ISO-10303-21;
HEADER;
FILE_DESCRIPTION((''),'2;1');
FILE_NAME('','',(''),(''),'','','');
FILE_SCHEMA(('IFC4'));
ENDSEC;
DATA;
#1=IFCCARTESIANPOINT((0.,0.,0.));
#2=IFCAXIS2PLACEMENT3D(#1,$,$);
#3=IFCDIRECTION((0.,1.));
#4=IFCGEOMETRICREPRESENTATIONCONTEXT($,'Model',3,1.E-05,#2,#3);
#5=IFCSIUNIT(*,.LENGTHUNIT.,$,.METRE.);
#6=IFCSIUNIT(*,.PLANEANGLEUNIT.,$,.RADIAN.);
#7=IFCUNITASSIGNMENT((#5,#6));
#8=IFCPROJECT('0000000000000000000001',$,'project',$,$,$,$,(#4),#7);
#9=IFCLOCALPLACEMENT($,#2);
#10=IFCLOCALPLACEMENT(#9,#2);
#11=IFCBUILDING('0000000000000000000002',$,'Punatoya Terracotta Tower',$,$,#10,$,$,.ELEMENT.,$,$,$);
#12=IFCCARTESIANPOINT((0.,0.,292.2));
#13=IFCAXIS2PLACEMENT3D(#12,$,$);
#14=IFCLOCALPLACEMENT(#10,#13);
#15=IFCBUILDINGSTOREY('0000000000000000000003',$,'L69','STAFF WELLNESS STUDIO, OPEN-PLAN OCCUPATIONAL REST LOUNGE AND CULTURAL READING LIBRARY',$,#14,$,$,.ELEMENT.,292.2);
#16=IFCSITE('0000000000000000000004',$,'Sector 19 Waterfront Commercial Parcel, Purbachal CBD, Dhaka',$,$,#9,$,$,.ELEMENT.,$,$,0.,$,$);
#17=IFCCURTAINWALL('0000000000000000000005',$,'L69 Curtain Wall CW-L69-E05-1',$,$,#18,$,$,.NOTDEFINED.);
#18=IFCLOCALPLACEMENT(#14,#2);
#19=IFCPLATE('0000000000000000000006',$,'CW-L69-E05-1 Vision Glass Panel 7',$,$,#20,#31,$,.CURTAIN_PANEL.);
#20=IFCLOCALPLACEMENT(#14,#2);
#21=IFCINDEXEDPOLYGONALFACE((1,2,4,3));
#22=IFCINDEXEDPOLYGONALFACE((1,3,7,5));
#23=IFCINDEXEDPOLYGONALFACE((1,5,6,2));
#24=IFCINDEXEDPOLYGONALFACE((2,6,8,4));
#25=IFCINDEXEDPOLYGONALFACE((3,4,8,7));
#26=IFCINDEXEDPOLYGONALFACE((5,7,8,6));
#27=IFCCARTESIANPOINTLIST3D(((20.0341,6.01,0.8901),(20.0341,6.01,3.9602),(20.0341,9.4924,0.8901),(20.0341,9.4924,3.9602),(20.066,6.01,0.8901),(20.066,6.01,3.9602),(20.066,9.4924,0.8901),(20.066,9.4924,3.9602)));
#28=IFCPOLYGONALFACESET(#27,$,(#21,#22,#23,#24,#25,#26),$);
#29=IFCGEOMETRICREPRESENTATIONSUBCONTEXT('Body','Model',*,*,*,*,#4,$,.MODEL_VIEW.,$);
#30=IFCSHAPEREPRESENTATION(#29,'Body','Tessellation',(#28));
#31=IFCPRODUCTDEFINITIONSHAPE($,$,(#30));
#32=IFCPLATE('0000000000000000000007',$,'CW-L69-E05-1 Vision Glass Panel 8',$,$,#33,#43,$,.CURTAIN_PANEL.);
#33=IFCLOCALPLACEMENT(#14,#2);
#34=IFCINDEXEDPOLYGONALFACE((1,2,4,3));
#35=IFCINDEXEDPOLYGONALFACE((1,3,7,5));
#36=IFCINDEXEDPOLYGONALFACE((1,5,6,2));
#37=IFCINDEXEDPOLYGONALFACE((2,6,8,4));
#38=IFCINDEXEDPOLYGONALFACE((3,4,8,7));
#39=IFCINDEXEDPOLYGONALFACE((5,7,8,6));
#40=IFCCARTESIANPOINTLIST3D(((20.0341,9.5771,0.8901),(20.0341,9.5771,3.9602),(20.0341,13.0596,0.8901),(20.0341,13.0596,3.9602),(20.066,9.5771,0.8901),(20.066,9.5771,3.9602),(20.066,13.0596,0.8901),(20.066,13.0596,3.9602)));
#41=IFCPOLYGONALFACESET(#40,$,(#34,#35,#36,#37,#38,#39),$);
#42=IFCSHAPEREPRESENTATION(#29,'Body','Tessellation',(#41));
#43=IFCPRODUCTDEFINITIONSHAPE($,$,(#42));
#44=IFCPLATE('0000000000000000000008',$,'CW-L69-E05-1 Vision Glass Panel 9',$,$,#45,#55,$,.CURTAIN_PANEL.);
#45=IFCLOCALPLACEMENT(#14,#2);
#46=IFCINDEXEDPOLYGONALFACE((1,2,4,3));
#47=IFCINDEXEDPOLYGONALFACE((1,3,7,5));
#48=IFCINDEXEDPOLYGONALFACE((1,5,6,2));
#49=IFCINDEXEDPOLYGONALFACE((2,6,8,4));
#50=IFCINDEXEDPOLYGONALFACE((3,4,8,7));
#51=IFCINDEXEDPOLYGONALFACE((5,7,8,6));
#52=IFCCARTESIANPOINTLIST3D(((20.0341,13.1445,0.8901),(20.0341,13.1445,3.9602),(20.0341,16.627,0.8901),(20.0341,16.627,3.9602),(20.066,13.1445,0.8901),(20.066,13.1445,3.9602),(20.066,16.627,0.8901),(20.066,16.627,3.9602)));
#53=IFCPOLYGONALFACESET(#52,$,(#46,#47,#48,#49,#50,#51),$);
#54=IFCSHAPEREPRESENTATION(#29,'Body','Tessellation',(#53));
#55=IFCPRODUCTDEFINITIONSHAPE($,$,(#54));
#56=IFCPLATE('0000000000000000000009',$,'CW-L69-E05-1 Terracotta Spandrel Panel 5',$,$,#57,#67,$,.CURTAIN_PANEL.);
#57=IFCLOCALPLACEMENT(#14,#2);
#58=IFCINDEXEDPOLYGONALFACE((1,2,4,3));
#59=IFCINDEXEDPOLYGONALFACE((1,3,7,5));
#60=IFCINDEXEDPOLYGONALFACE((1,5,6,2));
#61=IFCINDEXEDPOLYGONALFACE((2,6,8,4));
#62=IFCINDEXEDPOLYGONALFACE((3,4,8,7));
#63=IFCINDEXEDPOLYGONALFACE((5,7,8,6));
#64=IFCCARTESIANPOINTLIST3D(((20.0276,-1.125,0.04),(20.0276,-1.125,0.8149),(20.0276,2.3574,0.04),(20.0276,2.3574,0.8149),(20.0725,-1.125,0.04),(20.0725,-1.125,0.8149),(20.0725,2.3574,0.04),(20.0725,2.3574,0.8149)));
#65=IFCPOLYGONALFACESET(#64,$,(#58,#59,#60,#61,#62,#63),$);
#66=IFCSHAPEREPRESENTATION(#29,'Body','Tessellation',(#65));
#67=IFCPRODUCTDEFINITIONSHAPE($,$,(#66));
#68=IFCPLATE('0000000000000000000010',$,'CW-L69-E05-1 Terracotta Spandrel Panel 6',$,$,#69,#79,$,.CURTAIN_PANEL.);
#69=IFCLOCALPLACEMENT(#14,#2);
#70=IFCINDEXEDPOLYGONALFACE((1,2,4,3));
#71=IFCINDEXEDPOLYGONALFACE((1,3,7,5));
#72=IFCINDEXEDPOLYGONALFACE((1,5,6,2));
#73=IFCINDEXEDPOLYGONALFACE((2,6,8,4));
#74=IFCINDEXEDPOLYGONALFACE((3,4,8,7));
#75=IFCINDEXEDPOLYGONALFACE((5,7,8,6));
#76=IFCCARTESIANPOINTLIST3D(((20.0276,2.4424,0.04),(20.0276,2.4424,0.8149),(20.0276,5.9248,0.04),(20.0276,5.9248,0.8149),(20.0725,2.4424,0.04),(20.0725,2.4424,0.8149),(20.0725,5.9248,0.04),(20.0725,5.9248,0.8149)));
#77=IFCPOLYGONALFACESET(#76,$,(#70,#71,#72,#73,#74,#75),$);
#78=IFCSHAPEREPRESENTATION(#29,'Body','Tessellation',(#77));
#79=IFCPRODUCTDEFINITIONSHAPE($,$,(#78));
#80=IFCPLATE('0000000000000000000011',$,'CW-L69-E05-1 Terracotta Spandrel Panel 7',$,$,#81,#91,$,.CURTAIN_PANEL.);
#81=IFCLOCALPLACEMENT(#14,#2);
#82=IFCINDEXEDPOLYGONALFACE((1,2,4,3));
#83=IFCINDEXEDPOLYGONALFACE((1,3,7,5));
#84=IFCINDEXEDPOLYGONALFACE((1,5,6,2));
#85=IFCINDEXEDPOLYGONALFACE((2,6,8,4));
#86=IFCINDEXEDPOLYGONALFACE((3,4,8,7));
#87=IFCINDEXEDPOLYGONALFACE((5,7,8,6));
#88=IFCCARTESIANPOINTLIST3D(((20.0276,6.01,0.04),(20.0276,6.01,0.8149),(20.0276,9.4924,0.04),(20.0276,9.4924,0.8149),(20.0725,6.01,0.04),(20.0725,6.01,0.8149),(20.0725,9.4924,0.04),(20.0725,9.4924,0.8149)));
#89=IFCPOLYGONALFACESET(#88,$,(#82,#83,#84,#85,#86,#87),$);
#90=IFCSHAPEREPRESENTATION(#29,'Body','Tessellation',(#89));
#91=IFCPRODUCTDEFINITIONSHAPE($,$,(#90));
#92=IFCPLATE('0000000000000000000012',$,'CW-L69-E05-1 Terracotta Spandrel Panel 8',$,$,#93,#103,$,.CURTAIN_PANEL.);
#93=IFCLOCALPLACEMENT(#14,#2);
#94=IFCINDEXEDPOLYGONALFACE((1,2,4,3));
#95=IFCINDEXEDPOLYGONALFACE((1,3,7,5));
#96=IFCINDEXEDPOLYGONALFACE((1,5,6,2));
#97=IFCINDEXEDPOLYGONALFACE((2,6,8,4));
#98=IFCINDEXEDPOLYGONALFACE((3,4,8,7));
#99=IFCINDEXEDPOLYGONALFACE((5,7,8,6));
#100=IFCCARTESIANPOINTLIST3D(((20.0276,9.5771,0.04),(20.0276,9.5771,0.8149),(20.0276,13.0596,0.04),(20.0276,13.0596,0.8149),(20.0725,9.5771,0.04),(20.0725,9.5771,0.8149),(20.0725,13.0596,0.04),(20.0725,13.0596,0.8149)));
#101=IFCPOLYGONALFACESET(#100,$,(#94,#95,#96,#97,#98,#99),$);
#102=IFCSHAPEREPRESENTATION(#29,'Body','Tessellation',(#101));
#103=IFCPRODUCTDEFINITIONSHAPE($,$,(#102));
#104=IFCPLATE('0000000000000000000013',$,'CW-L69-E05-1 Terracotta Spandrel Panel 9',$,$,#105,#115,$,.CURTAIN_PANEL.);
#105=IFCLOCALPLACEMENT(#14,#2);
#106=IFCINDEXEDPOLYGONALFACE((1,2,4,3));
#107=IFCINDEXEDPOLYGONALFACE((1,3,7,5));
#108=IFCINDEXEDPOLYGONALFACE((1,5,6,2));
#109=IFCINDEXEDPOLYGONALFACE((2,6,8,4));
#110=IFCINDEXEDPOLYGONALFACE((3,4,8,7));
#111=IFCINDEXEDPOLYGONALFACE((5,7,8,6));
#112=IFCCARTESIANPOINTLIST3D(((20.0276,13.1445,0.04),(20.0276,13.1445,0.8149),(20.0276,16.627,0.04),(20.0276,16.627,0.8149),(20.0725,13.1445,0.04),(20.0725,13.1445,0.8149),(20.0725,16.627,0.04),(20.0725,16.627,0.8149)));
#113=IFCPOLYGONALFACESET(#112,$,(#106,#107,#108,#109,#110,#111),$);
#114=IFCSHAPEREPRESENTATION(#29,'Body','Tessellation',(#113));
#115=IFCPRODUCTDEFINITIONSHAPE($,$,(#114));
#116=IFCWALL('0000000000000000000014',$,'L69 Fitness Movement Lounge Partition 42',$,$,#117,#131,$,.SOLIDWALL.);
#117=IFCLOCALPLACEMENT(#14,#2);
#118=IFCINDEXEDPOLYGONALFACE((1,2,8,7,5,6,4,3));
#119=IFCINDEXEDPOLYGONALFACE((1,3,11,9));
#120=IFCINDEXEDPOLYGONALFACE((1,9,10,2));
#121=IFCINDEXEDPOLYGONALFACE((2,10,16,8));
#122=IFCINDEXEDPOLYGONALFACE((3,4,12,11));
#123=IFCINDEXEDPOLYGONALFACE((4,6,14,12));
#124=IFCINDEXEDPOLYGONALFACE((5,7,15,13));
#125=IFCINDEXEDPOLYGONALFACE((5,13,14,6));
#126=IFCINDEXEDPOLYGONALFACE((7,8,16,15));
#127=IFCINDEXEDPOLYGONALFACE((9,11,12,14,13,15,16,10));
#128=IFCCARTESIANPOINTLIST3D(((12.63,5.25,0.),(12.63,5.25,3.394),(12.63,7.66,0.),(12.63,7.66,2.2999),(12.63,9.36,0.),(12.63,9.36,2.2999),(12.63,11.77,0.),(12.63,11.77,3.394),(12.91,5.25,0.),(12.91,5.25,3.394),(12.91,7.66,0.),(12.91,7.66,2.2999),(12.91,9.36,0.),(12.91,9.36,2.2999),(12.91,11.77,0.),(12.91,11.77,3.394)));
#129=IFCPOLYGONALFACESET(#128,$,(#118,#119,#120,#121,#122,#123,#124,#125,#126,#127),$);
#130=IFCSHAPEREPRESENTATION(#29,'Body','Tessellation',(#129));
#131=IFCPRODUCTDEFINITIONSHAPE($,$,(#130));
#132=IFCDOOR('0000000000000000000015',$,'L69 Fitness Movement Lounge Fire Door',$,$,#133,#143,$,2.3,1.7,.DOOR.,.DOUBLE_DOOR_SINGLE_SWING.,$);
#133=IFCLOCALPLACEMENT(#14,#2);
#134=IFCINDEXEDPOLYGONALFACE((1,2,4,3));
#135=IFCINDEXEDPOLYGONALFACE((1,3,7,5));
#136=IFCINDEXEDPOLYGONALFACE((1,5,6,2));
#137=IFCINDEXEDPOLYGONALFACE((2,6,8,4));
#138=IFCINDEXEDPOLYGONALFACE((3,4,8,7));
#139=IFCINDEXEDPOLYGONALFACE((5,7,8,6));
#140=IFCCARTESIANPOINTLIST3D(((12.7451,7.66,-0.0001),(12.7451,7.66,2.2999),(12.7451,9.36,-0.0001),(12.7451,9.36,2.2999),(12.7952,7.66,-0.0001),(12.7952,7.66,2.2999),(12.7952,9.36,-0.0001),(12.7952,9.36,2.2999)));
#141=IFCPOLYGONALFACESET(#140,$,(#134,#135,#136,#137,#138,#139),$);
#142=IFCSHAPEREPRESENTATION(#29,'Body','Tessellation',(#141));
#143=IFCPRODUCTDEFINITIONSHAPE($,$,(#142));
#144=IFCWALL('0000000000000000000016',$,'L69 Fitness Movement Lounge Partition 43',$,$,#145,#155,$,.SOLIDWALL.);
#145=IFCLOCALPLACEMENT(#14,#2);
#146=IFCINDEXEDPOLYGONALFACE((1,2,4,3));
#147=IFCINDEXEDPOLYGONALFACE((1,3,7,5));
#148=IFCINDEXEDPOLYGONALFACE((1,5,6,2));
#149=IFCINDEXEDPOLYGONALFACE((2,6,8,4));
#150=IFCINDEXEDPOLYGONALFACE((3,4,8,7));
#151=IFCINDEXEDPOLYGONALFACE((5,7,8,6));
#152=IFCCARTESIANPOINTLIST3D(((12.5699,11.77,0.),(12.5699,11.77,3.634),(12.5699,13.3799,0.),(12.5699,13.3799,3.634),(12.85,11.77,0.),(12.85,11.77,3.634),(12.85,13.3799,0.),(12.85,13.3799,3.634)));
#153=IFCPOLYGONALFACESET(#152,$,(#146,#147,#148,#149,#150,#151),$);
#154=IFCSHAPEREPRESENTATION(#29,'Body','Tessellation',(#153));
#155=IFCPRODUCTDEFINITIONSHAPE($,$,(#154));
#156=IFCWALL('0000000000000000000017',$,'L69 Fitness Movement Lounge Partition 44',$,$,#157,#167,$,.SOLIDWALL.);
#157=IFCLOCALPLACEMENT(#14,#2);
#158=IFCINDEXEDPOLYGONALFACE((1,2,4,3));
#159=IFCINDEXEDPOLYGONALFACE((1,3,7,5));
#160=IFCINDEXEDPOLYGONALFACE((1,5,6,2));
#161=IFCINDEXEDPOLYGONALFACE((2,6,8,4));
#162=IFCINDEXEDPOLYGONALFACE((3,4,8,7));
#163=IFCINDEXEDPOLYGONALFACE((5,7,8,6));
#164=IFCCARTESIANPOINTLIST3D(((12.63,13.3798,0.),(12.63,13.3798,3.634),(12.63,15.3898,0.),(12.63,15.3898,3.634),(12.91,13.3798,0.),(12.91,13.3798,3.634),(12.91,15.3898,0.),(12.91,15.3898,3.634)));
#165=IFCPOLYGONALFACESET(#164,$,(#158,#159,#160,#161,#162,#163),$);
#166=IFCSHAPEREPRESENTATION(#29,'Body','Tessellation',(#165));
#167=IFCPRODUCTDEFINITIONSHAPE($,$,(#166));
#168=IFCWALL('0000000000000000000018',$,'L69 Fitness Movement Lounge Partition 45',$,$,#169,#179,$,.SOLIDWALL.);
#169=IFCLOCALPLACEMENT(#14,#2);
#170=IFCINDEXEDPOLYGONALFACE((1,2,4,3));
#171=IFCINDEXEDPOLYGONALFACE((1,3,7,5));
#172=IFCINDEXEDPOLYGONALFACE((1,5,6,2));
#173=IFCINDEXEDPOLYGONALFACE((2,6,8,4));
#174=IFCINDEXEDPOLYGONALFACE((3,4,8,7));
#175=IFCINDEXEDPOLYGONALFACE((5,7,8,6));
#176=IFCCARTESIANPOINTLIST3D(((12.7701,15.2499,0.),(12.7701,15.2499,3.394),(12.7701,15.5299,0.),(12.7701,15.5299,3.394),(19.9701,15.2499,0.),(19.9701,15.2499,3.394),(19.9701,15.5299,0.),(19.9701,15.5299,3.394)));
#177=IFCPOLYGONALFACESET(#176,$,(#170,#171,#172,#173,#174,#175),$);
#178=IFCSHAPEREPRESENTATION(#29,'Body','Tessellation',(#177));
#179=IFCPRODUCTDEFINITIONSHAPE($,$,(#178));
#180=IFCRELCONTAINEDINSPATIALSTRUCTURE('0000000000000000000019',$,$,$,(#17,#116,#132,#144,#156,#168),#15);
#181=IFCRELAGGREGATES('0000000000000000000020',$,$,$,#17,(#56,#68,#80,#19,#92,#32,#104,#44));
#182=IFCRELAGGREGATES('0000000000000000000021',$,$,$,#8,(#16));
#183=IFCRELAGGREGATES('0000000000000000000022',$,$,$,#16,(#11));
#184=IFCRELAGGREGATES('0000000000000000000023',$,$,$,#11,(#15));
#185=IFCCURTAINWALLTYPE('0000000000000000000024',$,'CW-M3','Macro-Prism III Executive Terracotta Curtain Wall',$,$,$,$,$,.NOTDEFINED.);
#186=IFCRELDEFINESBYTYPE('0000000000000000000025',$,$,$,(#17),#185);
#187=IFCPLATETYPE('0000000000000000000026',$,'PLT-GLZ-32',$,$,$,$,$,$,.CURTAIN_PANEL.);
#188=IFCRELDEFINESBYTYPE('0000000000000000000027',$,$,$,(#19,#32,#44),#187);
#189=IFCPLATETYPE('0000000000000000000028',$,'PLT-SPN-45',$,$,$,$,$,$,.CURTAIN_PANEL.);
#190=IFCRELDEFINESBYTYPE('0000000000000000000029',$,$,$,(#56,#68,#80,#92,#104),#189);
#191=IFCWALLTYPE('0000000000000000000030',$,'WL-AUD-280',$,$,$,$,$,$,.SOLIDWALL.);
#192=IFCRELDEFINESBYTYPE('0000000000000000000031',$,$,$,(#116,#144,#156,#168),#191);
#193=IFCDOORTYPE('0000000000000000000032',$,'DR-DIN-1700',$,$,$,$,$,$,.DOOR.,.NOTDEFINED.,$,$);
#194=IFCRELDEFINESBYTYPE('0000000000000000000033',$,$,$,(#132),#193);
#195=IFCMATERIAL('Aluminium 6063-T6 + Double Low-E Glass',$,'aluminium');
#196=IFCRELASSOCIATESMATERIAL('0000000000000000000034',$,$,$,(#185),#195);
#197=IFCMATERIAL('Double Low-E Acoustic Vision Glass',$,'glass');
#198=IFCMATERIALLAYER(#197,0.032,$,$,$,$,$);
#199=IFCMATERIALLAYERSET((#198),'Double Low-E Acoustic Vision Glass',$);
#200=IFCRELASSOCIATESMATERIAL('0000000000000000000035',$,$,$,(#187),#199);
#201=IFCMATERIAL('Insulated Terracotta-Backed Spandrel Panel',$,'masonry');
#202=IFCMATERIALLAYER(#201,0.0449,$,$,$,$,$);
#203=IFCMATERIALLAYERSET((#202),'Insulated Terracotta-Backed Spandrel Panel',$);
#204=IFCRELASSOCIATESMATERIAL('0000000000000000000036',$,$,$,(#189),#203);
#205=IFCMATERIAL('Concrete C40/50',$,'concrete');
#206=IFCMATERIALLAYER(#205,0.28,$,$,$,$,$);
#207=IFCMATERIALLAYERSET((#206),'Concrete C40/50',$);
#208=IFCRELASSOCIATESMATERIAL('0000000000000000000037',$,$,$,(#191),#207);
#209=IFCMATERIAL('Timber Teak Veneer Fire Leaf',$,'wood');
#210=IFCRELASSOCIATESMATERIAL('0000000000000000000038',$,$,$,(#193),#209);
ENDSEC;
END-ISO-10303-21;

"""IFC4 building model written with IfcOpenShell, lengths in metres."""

from ifc_helpers import new_model, si_unit, direction, frame, frame_2d, origin, origin_2d, place, context, subcontext, project, spatial, rectangle, extrude, material, layer, layer_set, type_object, element, fill, aggregate, save


model = new_model("IFC4")

# Units and contexts
model_context = context("Model", 3, precision=1e-05, world=origin(), true_north=direction((0.0, 1.0)))
body_context = subcontext(model_context, "Body", "Model", "MODEL_VIEW")
ifc_project = project(units=[si_unit("LENGTHUNIT", "METRE"), si_unit("PLANEANGLEUNIT", "RADIAN")], contexts=[model_context])

# Site, building, storey
site_placement = place(None, origin())
site = spatial("IfcSite", under=ifc_project, at=site_placement, Name="Sector 19 Waterfront Commercial Parcel, Purbachal CBD, Dhaka", CompositionType="ELEMENT", RefElevation=0.0)
building_placement = place(site_placement, origin())
building = spatial("IfcBuilding", under=site, at=building_placement, Name="Punatoya Terracotta Tower", CompositionType="ELEMENT")
storey_placement = place(building_placement, frame((0.0, 0.0, 292.2)))
storey = spatial("IfcBuildingStorey", under=building, at=storey_placement, Name="L69", Description="STAFF WELLNESS STUDIO, OPEN-PLAN OCCUPATIONAL REST LOUNGE AND CULTURAL READING LIBRARY", CompositionType="ELEMENT", Elevation=292.2)

# Curtain wall, plates
ifc_material_1 = material(Name="Aluminium 6063-T6 + Double Low-E Glass", Category="aluminium")
curtain_wall_type = type_object("IfcCurtainWallType", Name="CW-M3", Description="Macro-Prism III Executive Terracotta Curtain Wall", PredefinedType="NOTDEFINED", material=ifc_material_1)
curtain_wall_placement = place(storey_placement, origin())
curtain_wall = element("IfcCurtainWall", 1, at=curtain_wall_placement, inside=storey, type_object=curtain_wall_type, Name="L69 Curtain Wall CW-L69-E05-1", PredefinedType="NOTDEFINED")
ifc_material_2 = material(Name="Double Low-E Acoustic Vision Glass", Category="glass")
ifc_layer_1 = layer(ifc_material_2, 0.032)
ifc_layer_set_1 = layer_set([ifc_layer_1], Name="Double Low-E Acoustic Vision Glass")
plate_type_1 = type_object("IfcPlateType", Name="PLT-GLZ-32", PredefinedType="CURTAIN_PANEL", material=ifc_layer_set_1)
plate_1_placement = place(storey_placement, frame((20.05, 7.7512, 0.8901), z_axis=(0.0, 0.0, 1.0), x_axis=(0.0, 1.0, 0.0)))
plate_1 = element("IfcPlate", 2, at=plate_1_placement, type_object=plate_type_1, Name="CW-L69-E05-1 Vision Glass Panel 7", PredefinedType="CURTAIN_PANEL", context=body_context, shape_type="SweptSolid", body=[
    extrude(rectangle(XDim=3.4824, YDim=0.032, at=origin_2d()), origin(), (0.0, 0.0, 1.0), 3.0701),
])
plate_2_placement = place(storey_placement, frame((20.05, 11.3184, 0.8901), z_axis=(0.0, 0.0, 1.0), x_axis=(0.0, 1.0, 0.0)))
plate_2 = element("IfcPlate", 3, at=plate_2_placement, type_object=plate_type_1, Name="CW-L69-E05-1 Vision Glass Panel 8", PredefinedType="CURTAIN_PANEL", context=body_context, shape_type="SweptSolid", body=[
    extrude(rectangle(XDim=3.4824, YDim=0.032, at=origin_2d()), origin(), (0.0, 0.0, 1.0), 3.0701),
])
plate_3_placement = place(storey_placement, frame((20.05, 14.8857, 0.8901), z_axis=(0.0, 0.0, 1.0), x_axis=(0.0, 1.0, 0.0)))
plate_3 = element("IfcPlate", 4, at=plate_3_placement, type_object=plate_type_1, Name="CW-L69-E05-1 Vision Glass Panel 9", PredefinedType="CURTAIN_PANEL", context=body_context, shape_type="SweptSolid", body=[
    extrude(rectangle(XDim=3.4824, YDim=0.032, at=origin_2d()), origin(), (0.0, 0.0, 1.0), 3.0701),
])
ifc_material_3 = material(Name="Insulated Terracotta-Backed Spandrel Panel", Category="masonry")
ifc_layer_2 = layer(ifc_material_3, 0.0449)
ifc_layer_set_2 = layer_set([ifc_layer_2], Name="Insulated Terracotta-Backed Spandrel Panel")
plate_type_2 = type_object("IfcPlateType", Name="PLT-SPN-45", PredefinedType="CURTAIN_PANEL", material=ifc_layer_set_2)
plate_4_placement = place(storey_placement, frame((20.05, 0.6162, 0.04), z_axis=(0.0, 0.0, 1.0), x_axis=(0.0, 1.0, 0.0)))
plate_4 = element("IfcPlate", 5, at=plate_4_placement, type_object=plate_type_2, Name="CW-L69-E05-1 Terracotta Spandrel Panel 5", PredefinedType="CURTAIN_PANEL", context=body_context, shape_type="SweptSolid", body=[
    extrude(rectangle(XDim=3.4824, YDim=0.0449, at=origin_2d()), origin(), (0.0, 0.0, 1.0), 0.7749),
])
plate_5_placement = place(storey_placement, frame((20.05, 4.1836, 0.04), z_axis=(0.0, 0.0, 1.0), x_axis=(0.0, 1.0, 0.0)))
plate_5 = element("IfcPlate", 6, at=plate_5_placement, type_object=plate_type_2, Name="CW-L69-E05-1 Terracotta Spandrel Panel 6", PredefinedType="CURTAIN_PANEL", context=body_context, shape_type="SweptSolid", body=[
    extrude(rectangle(XDim=3.4824, YDim=0.0449, at=origin_2d()), origin(), (0.0, 0.0, 1.0), 0.7749),
])
plate_6_placement = place(storey_placement, frame((20.05, 7.7512, 0.04), z_axis=(0.0, 0.0, 1.0), x_axis=(0.0, 1.0, 0.0)))
plate_6 = element("IfcPlate", 7, at=plate_6_placement, type_object=plate_type_2, Name="CW-L69-E05-1 Terracotta Spandrel Panel 7", PredefinedType="CURTAIN_PANEL", context=body_context, shape_type="SweptSolid", body=[
    extrude(rectangle(XDim=3.4824, YDim=0.0449, at=origin_2d()), origin(), (0.0, 0.0, 1.0), 0.7749),
])
plate_7_placement = place(storey_placement, frame((20.05, 11.3184, 0.04), z_axis=(0.0, 0.0, 1.0), x_axis=(0.0, 1.0, 0.0)))
plate_7 = element("IfcPlate", 8, at=plate_7_placement, type_object=plate_type_2, Name="CW-L69-E05-1 Terracotta Spandrel Panel 8", PredefinedType="CURTAIN_PANEL", context=body_context, shape_type="SweptSolid", body=[
    extrude(rectangle(XDim=3.4824, YDim=0.0449, at=origin_2d()), origin(), (0.0, 0.0, 1.0), 0.7749),
])
plate_8_placement = place(storey_placement, frame((20.05, 14.8857, 0.04), z_axis=(0.0, 0.0, 1.0), x_axis=(0.0, 1.0, 0.0)))
plate_8 = element("IfcPlate", 9, at=plate_8_placement, type_object=plate_type_2, Name="CW-L69-E05-1 Terracotta Spandrel Panel 9", PredefinedType="CURTAIN_PANEL", context=body_context, shape_type="SweptSolid", body=[
    extrude(rectangle(XDim=3.4824, YDim=0.0449, at=origin_2d()), origin(), (0.0, 0.0, 1.0), 0.7749),
])
aggregate(curtain_wall, [plate_4, plate_5, plate_6, plate_1, plate_7, plate_2, plate_8, plate_3])

# Wall, opening, door
ifc_material_4 = material(Name="Concrete C40/50", Category="concrete")
ifc_layer_3 = layer(ifc_material_4, 0.28)
ifc_layer_set_3 = layer_set([ifc_layer_3], Name="Concrete C40/50")
wall_type_1 = type_object("IfcWallType", Name="WL-AUD-280", PredefinedType="SOLIDWALL", material=ifc_layer_set_3)
wall_1_placement = place(storey_placement, frame((12.77, 5.25, 0.0), z_axis=(0.0, 0.0, 1.0), x_axis=(0.0, 1.0, 0.0)))
wall_1 = element("IfcWall", 10, at=wall_1_placement, inside=storey, type_object=wall_type_1, Name="L69 Fitness Movement Lounge Partition 42", PredefinedType="SOLIDWALL", context=body_context, shape_type="SweptSolid", body=[
    extrude(rectangle(XDim=6.52, YDim=0.28, at=frame_2d((3.26, 0.0))), origin(), (0.0, 0.0, 1.0), 3.394),
])
opening_1_placement = place(wall_1_placement, frame((2.4099, 0.0, 0.0)))
opening_1 = element("IfcOpeningElement", 11, at=opening_1_placement, cuts=wall_1, PredefinedType="OPENING", context=body_context, shape_type="SweptSolid", body=[
    extrude(rectangle(XDim=1.7, YDim=2.3, at=frame_2d((0.8501, 1.1499))), frame((0.0, 0.1499, 0.0), z_axis=(0.0, -1.0, 0.0), x_axis=(1.0, 0.0, 0.0)), (0.0, 0.0, 1.0), 0.3),
])
ifc_material_5 = material(Name="Timber Teak Veneer Fire Leaf", Category="wood")
door_type_1 = type_object("IfcDoorType", Name="DR-DIN-1700", OperationType="NOTDEFINED", PredefinedType="DOOR", material=ifc_material_5)
door_1_placement = place(opening_1_placement, origin())
door_1 = element("IfcDoor", 12, at=door_1_placement, inside=storey, type_object=door_type_1, Name="L69 Fitness Movement Lounge Fire Door", OperationType="DOUBLE_DOOR_SINGLE_SWING", OverallHeight=2.3, OverallWidth=1.7, PredefinedType="DOOR", context=body_context, shape_type="SweptSolid", body=[
    extrude(rectangle(XDim=1.7, YDim=2.3, at=frame_2d((0.8501, 1.1499))), frame((0.0, 0.0249, 0.0), z_axis=(0.0, -1.0, 0.0), x_axis=(1.0, 0.0, 0.0)), (0.0, 0.0, 1.0), 0.05),
])
fill(opening_1, door_1)

# Walls
wall_2_placement = place(storey_placement, frame((12.71, 11.77, 0.0), z_axis=(0.0, 0.0, 1.0), x_axis=(0.0, 1.0, 0.0)))
element("IfcWall", 13, at=wall_2_placement, inside=storey, type_object=wall_type_1, Name="L69 Fitness Movement Lounge Partition 43", PredefinedType="SOLIDWALL", context=body_context, shape_type="SweptSolid", body=[
    extrude(rectangle(XDim=1.6099, YDim=0.28, at=frame_2d((0.8049, 0.0))), origin(), (0.0, 0.0, 1.0), 3.634),
])
wall_3_placement = place(storey_placement, frame((12.77, 13.3799, 0.0), z_axis=(0.0, 0.0, 1.0), x_axis=(0.0, 1.0, 0.0)))
element("IfcWall", 14, at=wall_3_placement, inside=storey, type_object=wall_type_1, Name="L69 Fitness Movement Lounge Partition 44", PredefinedType="SOLIDWALL", context=body_context, shape_type="SweptSolid", body=[
    extrude(rectangle(XDim=2.01, YDim=0.28, at=frame_2d((1.0049, 0.0))), origin(), (0.0, 0.0, 1.0), 3.634),
])
wall_4_placement = place(storey_placement, frame((12.77, 15.3899, 0.0), z_axis=(0.0, 0.0, 1.0), x_axis=(1.0, 0.0, 0.0)))
element("IfcWall", 15, at=wall_4_placement, inside=storey, type_object=wall_type_1, Name="L69 Fitness Movement Lounge Partition 45", PredefinedType="SOLIDWALL", context=body_context, shape_type="SweptSolid", body=[
    extrude(rectangle(XDim=7.2, YDim=0.28, at=frame_2d((3.6001, 0.0))), origin(), (0.0, 0.0, 1.0), 3.394),
])

save(model, "model.ifc")
